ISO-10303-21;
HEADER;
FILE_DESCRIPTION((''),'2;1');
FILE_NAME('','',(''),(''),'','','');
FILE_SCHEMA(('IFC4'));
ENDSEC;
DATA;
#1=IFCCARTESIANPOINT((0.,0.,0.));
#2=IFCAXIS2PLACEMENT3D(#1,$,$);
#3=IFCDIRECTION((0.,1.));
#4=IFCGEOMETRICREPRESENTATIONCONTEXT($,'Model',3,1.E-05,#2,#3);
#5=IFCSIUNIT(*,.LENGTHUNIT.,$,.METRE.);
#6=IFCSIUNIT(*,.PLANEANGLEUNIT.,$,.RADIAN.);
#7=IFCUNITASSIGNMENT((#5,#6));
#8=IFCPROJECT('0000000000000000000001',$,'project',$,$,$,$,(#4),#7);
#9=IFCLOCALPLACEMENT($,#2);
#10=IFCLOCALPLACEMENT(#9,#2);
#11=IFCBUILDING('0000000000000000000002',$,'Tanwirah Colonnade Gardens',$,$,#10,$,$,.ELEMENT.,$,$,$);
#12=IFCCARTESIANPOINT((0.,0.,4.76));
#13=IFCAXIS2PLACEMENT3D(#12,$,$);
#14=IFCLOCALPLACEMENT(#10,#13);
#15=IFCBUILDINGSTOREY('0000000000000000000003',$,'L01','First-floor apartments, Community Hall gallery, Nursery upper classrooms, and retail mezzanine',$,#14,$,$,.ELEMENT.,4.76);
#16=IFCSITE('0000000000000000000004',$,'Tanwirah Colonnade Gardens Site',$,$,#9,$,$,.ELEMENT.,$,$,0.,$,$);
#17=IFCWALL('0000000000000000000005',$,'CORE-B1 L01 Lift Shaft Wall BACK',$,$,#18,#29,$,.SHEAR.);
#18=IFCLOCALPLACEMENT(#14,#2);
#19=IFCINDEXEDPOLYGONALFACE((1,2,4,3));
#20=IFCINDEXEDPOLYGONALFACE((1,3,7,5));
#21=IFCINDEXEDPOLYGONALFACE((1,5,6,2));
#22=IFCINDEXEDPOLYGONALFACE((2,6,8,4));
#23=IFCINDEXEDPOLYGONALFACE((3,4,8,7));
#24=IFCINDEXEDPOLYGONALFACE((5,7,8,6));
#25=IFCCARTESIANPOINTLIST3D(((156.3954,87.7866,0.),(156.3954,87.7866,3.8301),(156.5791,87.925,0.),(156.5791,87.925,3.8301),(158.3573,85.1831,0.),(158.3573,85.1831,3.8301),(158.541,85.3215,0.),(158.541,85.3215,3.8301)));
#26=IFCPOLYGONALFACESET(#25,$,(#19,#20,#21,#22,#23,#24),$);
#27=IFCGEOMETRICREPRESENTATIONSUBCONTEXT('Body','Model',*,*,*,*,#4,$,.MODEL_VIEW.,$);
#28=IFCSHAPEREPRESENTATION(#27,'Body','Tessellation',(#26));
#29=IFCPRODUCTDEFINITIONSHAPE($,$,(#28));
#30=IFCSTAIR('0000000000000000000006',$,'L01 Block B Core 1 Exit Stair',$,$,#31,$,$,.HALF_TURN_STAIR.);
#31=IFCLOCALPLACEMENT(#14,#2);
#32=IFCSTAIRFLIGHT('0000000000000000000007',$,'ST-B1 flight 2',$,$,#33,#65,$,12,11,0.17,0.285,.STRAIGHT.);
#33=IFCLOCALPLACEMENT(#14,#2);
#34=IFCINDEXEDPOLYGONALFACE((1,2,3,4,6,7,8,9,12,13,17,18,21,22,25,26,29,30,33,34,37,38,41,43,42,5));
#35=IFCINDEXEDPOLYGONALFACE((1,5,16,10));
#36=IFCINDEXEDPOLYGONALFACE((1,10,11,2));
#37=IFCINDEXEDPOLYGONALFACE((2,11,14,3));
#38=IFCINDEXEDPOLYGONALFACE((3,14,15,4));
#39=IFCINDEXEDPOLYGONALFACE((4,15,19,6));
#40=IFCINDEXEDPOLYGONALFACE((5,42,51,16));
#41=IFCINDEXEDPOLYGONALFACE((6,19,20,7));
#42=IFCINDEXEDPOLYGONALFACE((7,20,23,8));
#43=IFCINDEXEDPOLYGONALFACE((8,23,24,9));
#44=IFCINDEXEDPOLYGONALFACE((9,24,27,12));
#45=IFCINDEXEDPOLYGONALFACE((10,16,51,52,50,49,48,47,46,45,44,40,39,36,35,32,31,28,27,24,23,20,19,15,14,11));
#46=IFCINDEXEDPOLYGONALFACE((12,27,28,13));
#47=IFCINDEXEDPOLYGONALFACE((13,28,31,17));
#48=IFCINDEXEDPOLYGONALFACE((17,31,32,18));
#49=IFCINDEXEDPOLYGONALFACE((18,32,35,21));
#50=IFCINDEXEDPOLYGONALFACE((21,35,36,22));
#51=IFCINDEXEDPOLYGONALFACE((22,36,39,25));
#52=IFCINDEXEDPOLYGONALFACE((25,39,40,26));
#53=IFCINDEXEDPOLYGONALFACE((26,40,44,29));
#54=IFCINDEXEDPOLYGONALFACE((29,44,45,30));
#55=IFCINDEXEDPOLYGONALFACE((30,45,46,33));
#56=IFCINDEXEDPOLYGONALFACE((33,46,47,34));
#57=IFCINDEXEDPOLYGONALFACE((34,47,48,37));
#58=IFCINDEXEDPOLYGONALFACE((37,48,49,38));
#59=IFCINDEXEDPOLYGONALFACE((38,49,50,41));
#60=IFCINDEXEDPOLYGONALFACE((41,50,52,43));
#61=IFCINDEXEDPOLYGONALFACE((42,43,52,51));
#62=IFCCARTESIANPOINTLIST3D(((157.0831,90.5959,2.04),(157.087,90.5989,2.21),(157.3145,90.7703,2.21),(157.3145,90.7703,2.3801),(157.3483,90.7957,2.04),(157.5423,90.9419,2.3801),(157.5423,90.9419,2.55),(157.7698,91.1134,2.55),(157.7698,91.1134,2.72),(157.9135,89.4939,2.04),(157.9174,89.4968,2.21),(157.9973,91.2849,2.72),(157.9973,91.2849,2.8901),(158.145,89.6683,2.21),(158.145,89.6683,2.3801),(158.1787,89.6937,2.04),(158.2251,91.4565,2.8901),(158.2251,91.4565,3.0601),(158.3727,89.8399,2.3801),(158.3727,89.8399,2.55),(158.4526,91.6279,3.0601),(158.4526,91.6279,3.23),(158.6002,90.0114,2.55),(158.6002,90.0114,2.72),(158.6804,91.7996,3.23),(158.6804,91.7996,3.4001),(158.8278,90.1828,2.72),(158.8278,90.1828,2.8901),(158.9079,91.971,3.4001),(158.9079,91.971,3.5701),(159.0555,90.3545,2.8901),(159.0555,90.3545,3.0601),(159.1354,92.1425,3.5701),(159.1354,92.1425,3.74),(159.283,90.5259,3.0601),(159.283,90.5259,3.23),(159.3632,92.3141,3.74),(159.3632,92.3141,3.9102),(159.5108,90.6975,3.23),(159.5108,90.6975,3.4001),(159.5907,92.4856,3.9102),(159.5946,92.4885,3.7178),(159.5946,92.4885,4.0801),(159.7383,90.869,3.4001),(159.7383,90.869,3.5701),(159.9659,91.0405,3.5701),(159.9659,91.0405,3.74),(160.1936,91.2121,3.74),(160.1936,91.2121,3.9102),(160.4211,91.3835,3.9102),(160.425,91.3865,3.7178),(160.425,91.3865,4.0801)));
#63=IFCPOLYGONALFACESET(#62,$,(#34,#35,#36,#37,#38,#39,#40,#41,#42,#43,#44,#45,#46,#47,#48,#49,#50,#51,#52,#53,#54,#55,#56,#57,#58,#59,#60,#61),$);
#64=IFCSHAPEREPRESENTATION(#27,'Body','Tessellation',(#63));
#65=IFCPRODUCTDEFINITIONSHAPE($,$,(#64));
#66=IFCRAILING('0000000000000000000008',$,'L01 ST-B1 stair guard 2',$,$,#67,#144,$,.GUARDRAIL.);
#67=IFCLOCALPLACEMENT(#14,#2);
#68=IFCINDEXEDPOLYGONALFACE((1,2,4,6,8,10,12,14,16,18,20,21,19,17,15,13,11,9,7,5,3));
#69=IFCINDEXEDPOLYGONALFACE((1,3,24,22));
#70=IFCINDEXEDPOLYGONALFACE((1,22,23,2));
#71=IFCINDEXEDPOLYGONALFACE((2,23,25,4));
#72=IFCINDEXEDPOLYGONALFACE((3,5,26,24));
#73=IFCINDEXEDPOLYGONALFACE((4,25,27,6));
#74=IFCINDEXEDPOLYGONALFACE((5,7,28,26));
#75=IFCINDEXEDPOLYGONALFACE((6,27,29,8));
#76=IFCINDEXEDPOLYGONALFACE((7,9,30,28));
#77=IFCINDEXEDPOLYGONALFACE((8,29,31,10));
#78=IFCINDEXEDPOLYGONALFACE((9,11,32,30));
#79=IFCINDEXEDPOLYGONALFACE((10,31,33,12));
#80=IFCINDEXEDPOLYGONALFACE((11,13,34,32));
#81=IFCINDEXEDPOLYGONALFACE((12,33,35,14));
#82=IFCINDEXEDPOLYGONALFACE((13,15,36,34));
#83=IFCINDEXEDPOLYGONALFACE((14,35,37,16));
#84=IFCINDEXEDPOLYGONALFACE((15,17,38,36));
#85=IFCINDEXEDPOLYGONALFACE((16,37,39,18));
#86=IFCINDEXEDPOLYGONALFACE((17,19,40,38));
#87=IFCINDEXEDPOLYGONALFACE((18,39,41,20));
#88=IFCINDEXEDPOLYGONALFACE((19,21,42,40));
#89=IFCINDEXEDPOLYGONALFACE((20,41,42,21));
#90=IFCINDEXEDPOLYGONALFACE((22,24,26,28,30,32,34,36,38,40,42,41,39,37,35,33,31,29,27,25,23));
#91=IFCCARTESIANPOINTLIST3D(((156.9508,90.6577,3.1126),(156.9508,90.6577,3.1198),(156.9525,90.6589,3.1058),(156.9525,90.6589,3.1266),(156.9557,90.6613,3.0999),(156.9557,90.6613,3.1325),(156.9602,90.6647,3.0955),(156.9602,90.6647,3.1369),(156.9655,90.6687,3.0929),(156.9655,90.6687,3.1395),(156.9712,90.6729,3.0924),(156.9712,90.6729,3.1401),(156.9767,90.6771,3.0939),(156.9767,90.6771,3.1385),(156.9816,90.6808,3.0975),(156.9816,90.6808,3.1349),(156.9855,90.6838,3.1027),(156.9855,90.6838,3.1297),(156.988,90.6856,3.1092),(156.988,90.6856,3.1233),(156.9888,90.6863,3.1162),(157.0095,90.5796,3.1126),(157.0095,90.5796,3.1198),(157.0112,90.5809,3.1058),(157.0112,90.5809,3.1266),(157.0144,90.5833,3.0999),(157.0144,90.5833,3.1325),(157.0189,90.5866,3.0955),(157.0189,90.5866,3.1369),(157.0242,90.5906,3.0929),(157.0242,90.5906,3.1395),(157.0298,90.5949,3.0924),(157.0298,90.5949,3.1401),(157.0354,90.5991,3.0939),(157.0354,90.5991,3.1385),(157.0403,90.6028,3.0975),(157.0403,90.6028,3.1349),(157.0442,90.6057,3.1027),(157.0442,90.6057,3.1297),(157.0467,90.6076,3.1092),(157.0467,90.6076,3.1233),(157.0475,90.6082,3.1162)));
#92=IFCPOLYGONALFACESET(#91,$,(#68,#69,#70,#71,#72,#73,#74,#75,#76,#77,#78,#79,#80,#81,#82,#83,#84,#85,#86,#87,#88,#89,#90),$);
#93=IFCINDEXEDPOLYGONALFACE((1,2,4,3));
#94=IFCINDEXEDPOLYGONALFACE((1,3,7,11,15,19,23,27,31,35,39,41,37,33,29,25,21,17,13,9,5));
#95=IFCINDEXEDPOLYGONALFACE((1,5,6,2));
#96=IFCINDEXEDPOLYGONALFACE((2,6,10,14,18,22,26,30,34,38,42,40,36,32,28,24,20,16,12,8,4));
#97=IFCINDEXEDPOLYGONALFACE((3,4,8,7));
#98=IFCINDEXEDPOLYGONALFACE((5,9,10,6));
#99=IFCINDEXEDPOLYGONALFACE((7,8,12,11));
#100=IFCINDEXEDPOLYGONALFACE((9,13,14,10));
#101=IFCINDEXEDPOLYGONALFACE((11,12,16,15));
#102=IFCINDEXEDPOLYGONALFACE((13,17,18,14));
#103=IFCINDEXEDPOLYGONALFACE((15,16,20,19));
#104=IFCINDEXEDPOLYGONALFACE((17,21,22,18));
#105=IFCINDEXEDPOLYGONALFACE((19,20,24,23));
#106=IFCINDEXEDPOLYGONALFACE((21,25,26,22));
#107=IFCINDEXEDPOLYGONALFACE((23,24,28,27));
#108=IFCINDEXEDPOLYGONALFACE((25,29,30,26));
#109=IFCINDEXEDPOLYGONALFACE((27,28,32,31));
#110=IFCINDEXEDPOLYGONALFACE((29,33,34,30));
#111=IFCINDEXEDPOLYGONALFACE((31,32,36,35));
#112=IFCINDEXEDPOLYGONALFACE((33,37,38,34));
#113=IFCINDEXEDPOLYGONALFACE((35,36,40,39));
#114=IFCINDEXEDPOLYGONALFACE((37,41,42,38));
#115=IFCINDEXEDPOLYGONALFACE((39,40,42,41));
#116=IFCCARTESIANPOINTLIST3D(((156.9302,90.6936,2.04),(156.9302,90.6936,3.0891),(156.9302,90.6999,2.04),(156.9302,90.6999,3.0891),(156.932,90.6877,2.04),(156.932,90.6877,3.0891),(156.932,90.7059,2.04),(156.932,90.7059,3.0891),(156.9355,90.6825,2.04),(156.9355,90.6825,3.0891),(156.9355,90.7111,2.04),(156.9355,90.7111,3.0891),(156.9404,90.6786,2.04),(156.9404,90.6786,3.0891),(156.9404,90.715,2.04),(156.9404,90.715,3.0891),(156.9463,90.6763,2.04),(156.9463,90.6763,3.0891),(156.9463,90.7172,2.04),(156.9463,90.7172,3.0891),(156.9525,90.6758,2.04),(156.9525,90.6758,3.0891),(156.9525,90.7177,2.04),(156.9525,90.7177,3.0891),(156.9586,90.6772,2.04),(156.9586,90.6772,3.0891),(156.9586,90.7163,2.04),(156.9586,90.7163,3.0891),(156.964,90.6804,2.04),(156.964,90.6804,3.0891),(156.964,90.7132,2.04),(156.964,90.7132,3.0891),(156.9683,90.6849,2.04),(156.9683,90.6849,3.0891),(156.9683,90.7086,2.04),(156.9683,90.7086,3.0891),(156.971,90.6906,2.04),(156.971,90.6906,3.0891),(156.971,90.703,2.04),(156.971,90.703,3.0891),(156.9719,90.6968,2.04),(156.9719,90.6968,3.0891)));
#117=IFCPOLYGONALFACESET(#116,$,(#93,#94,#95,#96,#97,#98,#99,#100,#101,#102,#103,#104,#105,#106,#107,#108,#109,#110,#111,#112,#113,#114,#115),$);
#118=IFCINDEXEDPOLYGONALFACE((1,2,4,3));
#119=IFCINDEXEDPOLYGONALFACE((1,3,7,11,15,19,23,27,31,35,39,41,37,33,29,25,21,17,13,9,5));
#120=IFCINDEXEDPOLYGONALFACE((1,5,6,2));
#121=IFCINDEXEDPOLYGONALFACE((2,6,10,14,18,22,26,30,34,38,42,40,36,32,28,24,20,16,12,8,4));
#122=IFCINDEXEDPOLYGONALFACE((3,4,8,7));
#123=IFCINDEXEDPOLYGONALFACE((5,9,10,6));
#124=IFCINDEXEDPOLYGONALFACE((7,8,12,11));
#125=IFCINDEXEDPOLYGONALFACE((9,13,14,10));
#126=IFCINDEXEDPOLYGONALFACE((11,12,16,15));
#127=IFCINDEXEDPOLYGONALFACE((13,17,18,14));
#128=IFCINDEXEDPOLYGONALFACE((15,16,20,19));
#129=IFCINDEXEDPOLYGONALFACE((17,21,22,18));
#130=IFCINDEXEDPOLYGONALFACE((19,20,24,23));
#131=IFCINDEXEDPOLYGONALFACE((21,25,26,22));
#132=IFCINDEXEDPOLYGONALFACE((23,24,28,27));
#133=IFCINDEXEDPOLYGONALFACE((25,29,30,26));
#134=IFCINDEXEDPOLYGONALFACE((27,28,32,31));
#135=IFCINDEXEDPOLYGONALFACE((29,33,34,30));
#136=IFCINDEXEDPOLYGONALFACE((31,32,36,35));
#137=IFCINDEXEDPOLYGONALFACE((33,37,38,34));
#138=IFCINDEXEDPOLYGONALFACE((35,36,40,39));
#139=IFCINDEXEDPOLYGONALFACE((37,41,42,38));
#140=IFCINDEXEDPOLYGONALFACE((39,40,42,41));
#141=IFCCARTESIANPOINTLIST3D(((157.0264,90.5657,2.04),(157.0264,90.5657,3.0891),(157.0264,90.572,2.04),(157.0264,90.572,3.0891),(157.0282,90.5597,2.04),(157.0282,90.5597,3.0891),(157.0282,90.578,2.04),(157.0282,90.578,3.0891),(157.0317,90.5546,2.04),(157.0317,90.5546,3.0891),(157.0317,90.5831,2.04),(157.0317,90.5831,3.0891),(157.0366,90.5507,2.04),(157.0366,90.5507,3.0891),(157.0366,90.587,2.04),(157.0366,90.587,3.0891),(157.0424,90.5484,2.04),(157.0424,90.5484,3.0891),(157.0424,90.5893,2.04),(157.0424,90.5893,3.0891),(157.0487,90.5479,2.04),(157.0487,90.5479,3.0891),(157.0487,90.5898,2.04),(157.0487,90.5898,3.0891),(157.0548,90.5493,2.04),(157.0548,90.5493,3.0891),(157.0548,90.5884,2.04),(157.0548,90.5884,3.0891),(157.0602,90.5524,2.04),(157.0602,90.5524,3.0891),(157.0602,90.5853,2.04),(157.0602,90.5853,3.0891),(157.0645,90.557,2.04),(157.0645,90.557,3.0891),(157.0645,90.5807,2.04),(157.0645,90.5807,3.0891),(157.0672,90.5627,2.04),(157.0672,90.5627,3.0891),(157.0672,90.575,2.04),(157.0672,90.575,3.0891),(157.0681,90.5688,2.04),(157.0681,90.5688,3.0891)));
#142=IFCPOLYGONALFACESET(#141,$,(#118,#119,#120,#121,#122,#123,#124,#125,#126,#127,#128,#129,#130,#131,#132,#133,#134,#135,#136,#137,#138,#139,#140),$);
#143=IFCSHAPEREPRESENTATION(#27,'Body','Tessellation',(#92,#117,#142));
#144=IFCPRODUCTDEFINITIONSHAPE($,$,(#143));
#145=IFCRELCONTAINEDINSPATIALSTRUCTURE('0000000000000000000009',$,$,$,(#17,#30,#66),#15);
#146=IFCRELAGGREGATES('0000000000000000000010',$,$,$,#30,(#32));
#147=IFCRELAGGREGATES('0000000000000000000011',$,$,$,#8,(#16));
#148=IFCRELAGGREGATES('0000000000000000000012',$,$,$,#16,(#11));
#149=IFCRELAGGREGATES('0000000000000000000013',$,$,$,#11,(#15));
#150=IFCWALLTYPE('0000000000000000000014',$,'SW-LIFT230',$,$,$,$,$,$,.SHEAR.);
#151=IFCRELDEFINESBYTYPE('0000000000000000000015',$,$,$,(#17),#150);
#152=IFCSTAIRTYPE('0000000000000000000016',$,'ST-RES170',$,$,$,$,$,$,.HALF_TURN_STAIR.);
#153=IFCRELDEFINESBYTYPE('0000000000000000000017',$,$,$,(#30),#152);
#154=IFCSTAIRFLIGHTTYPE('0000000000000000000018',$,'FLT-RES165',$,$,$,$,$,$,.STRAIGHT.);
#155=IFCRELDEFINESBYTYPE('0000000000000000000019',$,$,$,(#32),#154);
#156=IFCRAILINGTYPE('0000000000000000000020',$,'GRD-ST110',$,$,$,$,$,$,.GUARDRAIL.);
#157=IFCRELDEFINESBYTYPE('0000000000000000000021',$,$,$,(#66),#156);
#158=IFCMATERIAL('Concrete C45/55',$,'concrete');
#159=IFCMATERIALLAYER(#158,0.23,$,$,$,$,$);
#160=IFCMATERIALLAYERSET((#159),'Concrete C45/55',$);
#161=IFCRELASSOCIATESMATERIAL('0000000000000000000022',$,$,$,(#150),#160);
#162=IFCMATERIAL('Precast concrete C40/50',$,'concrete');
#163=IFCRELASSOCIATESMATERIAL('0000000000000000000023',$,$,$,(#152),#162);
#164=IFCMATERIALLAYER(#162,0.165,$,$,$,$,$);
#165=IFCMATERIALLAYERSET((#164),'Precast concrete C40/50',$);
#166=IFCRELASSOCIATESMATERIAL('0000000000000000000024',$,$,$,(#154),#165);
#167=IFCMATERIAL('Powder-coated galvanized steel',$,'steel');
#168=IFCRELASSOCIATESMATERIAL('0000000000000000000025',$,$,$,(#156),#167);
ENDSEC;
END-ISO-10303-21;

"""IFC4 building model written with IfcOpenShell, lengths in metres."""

from ifc_helpers import new_model, si_unit, direction, frame, frame_2d, origin, origin_2d, place, context, subcontext, project, spatial, polyline, rectangle, circle, outline, extrude, material, layer, layer_set, type_object, element, aggregate, save


model = new_model("IFC4")

# Units and contexts
model_context = context("Model", 3, precision=1e-05, world=origin(), true_north=direction((0.0, 1.0)))
body_context = subcontext(model_context, "Body", "Model", "MODEL_VIEW")
ifc_project = project(units=[si_unit("LENGTHUNIT", "METRE"), si_unit("PLANEANGLEUNIT", "RADIAN")], contexts=[model_context])

# Site, building, storey
site_placement = place(None, origin())
site = spatial("IfcSite", under=ifc_project, at=site_placement, Name="Tanwirah Colonnade Gardens Site", CompositionType="ELEMENT", RefElevation=0.0)
building_placement = place(site_placement, origin())
building = spatial("IfcBuilding", under=site, at=building_placement, Name="Tanwirah Colonnade Gardens", CompositionType="ELEMENT")
storey_placement = place(building_placement, frame((0.0, 0.0, 4.76)))
storey = spatial("IfcBuildingStorey", under=building, at=storey_placement, Name="L01", Description="First-floor apartments, Community Hall gallery, Nursery upper classrooms, and retail mezzanine", CompositionType="ELEMENT", Elevation=4.76)

# Shared definitions
ifc_material_1 = material(Name="Precast concrete C40/50", Category="concrete")

# Wall
ifc_material_2 = material(Name="Concrete C45/55", Category="concrete")
ifc_layer_1 = layer(ifc_material_2, 0.23)
ifc_layer_set_1 = layer_set([ifc_layer_1], Name="Concrete C45/55")
wall_type_1 = type_object("IfcWallType", Name="SW-LIFT230", PredefinedType="SHEAR", material=ifc_layer_set_1)
wall_1_placement = place(storey_placement, frame((156.4873, 87.8557, 0.0), z_axis=(0.0, 0.0, 1.0), x_axis=(0.60182, -0.798632, 0.0)))
element("IfcWall", 1, at=wall_1_placement, inside=storey, type_object=wall_type_1, Name="CORE-B1 L01 Lift Shaft Wall BACK", PredefinedType="SHEAR", context=body_context, shape_type="SweptSolid", body=[
    extrude(rectangle(XDim=3.26, YDim=0.23, at=frame_2d((1.6299, 0.0))), origin(), (0.0, 0.0, 1.0), 3.8301),
])

# Stair, stair flight
stair_type = type_object("IfcStairType", Name="ST-RES170", PredefinedType="HALF_TURN_STAIR", material=ifc_material_1)
stair_placement = place(storey_placement, origin())
stair = element("IfcStair", 2, at=stair_placement, inside=storey, type_object=stair_type, Name="L01 Block B Core 1 Exit Stair", PredefinedType="HALF_TURN_STAIR")
ifc_layer_2 = layer(ifc_material_1, 0.165)
ifc_layer_set_2 = layer_set([ifc_layer_2], Name="Precast concrete C40/50")
stair_flight_type = type_object("IfcStairFlightType", Name="FLT-RES165", PredefinedType="STRAIGHT", material=ifc_layer_set_2)
stair_flight_placement = place(storey_placement, frame((157.5022, 90.0479, 2.04), z_axis=(0.0, 0.0, 1.0), x_axis=(0.798636, 0.601815, 0.0)))
stair_flight = element("IfcStairFlight", 3, at=stair_flight_placement, type_object=stair_flight_type, Name="ST-B1 flight 2", NumberOfRisers=12, NumberOfTreads=11, PredefinedType="STRAIGHT", RiserHeight=0.17, TreadLength=0.285, context=body_context, shape_type="SweptSolid", body=[
    extrude(outline(polyline([(-0.0049, 0.0), (0.0, 0.1699), (0.2849, 0.1699), (0.2849, 0.3401), (0.5701, 0.3401), (0.5701, 0.51), (0.855, 0.51), (0.855, 0.6799), (1.1399, 0.6799), (1.1399, 0.8501), (1.425, 0.8501), (1.425, 1.02), (1.71, 1.02), (1.71, 1.1899), (1.9951, 1.1899), (1.9951, 1.3601), (2.28, 1.3601), (2.28, 1.53), (2.5649, 1.53), (2.5649, 1.7), (2.8501, 1.7), (2.8501, 1.8701), (3.135, 1.8701), (3.1399, 2.04), (3.1399, 1.6777), (0.3271, 0.0), (-0.0049, 0.0)])), frame((0.0, 0.6899, 0.0), z_axis=(0.0, -1.0, 0.0), x_axis=(1.0, 0.0, 0.0)), (0.0, 0.0, 1.0), 1.3799),
])
aggregate(stair, [stair_flight])

# Railing
ifc_material_3 = material(Name="Powder-coated galvanized steel", Category="steel")
railing_type_1 = type_object("IfcRailingType", Name="GRD-ST110", PredefinedType="GUARDRAIL", material=ifc_material_3)
railing_1_placement = place(storey_placement, frame((156.9509, 90.6968, 2.04)))
element("IfcRailing", 4, at=railing_1_placement, inside=storey, type_object=railing_type_1, Name="L01 ST-B1 stair guard 2", PredefinedType="GUARDRAIL", context=body_context, shape_type="SweptSolid", body=[
    extrude(circle(Radius=0.0239, at=origin_2d()), frame((0.0188, -0.0249, 1.0762), z_axis=(0.600976, -0.799267, 0.0), x_axis=(0.799267, 0.600976, 0.0)), (0.0, 0.0, 1.0), 0.0977),
    extrude(circle(Radius=0.021, at=origin_2d()), origin(), (0.0, 0.0, 1.0), 1.0491),
    extrude(circle(Radius=0.021, at=origin_2d()), frame((0.0962, -0.1279, 0.0)), (0.0, 0.0, 1.0), 1.0491),
])

save(model, "model.ifc")
